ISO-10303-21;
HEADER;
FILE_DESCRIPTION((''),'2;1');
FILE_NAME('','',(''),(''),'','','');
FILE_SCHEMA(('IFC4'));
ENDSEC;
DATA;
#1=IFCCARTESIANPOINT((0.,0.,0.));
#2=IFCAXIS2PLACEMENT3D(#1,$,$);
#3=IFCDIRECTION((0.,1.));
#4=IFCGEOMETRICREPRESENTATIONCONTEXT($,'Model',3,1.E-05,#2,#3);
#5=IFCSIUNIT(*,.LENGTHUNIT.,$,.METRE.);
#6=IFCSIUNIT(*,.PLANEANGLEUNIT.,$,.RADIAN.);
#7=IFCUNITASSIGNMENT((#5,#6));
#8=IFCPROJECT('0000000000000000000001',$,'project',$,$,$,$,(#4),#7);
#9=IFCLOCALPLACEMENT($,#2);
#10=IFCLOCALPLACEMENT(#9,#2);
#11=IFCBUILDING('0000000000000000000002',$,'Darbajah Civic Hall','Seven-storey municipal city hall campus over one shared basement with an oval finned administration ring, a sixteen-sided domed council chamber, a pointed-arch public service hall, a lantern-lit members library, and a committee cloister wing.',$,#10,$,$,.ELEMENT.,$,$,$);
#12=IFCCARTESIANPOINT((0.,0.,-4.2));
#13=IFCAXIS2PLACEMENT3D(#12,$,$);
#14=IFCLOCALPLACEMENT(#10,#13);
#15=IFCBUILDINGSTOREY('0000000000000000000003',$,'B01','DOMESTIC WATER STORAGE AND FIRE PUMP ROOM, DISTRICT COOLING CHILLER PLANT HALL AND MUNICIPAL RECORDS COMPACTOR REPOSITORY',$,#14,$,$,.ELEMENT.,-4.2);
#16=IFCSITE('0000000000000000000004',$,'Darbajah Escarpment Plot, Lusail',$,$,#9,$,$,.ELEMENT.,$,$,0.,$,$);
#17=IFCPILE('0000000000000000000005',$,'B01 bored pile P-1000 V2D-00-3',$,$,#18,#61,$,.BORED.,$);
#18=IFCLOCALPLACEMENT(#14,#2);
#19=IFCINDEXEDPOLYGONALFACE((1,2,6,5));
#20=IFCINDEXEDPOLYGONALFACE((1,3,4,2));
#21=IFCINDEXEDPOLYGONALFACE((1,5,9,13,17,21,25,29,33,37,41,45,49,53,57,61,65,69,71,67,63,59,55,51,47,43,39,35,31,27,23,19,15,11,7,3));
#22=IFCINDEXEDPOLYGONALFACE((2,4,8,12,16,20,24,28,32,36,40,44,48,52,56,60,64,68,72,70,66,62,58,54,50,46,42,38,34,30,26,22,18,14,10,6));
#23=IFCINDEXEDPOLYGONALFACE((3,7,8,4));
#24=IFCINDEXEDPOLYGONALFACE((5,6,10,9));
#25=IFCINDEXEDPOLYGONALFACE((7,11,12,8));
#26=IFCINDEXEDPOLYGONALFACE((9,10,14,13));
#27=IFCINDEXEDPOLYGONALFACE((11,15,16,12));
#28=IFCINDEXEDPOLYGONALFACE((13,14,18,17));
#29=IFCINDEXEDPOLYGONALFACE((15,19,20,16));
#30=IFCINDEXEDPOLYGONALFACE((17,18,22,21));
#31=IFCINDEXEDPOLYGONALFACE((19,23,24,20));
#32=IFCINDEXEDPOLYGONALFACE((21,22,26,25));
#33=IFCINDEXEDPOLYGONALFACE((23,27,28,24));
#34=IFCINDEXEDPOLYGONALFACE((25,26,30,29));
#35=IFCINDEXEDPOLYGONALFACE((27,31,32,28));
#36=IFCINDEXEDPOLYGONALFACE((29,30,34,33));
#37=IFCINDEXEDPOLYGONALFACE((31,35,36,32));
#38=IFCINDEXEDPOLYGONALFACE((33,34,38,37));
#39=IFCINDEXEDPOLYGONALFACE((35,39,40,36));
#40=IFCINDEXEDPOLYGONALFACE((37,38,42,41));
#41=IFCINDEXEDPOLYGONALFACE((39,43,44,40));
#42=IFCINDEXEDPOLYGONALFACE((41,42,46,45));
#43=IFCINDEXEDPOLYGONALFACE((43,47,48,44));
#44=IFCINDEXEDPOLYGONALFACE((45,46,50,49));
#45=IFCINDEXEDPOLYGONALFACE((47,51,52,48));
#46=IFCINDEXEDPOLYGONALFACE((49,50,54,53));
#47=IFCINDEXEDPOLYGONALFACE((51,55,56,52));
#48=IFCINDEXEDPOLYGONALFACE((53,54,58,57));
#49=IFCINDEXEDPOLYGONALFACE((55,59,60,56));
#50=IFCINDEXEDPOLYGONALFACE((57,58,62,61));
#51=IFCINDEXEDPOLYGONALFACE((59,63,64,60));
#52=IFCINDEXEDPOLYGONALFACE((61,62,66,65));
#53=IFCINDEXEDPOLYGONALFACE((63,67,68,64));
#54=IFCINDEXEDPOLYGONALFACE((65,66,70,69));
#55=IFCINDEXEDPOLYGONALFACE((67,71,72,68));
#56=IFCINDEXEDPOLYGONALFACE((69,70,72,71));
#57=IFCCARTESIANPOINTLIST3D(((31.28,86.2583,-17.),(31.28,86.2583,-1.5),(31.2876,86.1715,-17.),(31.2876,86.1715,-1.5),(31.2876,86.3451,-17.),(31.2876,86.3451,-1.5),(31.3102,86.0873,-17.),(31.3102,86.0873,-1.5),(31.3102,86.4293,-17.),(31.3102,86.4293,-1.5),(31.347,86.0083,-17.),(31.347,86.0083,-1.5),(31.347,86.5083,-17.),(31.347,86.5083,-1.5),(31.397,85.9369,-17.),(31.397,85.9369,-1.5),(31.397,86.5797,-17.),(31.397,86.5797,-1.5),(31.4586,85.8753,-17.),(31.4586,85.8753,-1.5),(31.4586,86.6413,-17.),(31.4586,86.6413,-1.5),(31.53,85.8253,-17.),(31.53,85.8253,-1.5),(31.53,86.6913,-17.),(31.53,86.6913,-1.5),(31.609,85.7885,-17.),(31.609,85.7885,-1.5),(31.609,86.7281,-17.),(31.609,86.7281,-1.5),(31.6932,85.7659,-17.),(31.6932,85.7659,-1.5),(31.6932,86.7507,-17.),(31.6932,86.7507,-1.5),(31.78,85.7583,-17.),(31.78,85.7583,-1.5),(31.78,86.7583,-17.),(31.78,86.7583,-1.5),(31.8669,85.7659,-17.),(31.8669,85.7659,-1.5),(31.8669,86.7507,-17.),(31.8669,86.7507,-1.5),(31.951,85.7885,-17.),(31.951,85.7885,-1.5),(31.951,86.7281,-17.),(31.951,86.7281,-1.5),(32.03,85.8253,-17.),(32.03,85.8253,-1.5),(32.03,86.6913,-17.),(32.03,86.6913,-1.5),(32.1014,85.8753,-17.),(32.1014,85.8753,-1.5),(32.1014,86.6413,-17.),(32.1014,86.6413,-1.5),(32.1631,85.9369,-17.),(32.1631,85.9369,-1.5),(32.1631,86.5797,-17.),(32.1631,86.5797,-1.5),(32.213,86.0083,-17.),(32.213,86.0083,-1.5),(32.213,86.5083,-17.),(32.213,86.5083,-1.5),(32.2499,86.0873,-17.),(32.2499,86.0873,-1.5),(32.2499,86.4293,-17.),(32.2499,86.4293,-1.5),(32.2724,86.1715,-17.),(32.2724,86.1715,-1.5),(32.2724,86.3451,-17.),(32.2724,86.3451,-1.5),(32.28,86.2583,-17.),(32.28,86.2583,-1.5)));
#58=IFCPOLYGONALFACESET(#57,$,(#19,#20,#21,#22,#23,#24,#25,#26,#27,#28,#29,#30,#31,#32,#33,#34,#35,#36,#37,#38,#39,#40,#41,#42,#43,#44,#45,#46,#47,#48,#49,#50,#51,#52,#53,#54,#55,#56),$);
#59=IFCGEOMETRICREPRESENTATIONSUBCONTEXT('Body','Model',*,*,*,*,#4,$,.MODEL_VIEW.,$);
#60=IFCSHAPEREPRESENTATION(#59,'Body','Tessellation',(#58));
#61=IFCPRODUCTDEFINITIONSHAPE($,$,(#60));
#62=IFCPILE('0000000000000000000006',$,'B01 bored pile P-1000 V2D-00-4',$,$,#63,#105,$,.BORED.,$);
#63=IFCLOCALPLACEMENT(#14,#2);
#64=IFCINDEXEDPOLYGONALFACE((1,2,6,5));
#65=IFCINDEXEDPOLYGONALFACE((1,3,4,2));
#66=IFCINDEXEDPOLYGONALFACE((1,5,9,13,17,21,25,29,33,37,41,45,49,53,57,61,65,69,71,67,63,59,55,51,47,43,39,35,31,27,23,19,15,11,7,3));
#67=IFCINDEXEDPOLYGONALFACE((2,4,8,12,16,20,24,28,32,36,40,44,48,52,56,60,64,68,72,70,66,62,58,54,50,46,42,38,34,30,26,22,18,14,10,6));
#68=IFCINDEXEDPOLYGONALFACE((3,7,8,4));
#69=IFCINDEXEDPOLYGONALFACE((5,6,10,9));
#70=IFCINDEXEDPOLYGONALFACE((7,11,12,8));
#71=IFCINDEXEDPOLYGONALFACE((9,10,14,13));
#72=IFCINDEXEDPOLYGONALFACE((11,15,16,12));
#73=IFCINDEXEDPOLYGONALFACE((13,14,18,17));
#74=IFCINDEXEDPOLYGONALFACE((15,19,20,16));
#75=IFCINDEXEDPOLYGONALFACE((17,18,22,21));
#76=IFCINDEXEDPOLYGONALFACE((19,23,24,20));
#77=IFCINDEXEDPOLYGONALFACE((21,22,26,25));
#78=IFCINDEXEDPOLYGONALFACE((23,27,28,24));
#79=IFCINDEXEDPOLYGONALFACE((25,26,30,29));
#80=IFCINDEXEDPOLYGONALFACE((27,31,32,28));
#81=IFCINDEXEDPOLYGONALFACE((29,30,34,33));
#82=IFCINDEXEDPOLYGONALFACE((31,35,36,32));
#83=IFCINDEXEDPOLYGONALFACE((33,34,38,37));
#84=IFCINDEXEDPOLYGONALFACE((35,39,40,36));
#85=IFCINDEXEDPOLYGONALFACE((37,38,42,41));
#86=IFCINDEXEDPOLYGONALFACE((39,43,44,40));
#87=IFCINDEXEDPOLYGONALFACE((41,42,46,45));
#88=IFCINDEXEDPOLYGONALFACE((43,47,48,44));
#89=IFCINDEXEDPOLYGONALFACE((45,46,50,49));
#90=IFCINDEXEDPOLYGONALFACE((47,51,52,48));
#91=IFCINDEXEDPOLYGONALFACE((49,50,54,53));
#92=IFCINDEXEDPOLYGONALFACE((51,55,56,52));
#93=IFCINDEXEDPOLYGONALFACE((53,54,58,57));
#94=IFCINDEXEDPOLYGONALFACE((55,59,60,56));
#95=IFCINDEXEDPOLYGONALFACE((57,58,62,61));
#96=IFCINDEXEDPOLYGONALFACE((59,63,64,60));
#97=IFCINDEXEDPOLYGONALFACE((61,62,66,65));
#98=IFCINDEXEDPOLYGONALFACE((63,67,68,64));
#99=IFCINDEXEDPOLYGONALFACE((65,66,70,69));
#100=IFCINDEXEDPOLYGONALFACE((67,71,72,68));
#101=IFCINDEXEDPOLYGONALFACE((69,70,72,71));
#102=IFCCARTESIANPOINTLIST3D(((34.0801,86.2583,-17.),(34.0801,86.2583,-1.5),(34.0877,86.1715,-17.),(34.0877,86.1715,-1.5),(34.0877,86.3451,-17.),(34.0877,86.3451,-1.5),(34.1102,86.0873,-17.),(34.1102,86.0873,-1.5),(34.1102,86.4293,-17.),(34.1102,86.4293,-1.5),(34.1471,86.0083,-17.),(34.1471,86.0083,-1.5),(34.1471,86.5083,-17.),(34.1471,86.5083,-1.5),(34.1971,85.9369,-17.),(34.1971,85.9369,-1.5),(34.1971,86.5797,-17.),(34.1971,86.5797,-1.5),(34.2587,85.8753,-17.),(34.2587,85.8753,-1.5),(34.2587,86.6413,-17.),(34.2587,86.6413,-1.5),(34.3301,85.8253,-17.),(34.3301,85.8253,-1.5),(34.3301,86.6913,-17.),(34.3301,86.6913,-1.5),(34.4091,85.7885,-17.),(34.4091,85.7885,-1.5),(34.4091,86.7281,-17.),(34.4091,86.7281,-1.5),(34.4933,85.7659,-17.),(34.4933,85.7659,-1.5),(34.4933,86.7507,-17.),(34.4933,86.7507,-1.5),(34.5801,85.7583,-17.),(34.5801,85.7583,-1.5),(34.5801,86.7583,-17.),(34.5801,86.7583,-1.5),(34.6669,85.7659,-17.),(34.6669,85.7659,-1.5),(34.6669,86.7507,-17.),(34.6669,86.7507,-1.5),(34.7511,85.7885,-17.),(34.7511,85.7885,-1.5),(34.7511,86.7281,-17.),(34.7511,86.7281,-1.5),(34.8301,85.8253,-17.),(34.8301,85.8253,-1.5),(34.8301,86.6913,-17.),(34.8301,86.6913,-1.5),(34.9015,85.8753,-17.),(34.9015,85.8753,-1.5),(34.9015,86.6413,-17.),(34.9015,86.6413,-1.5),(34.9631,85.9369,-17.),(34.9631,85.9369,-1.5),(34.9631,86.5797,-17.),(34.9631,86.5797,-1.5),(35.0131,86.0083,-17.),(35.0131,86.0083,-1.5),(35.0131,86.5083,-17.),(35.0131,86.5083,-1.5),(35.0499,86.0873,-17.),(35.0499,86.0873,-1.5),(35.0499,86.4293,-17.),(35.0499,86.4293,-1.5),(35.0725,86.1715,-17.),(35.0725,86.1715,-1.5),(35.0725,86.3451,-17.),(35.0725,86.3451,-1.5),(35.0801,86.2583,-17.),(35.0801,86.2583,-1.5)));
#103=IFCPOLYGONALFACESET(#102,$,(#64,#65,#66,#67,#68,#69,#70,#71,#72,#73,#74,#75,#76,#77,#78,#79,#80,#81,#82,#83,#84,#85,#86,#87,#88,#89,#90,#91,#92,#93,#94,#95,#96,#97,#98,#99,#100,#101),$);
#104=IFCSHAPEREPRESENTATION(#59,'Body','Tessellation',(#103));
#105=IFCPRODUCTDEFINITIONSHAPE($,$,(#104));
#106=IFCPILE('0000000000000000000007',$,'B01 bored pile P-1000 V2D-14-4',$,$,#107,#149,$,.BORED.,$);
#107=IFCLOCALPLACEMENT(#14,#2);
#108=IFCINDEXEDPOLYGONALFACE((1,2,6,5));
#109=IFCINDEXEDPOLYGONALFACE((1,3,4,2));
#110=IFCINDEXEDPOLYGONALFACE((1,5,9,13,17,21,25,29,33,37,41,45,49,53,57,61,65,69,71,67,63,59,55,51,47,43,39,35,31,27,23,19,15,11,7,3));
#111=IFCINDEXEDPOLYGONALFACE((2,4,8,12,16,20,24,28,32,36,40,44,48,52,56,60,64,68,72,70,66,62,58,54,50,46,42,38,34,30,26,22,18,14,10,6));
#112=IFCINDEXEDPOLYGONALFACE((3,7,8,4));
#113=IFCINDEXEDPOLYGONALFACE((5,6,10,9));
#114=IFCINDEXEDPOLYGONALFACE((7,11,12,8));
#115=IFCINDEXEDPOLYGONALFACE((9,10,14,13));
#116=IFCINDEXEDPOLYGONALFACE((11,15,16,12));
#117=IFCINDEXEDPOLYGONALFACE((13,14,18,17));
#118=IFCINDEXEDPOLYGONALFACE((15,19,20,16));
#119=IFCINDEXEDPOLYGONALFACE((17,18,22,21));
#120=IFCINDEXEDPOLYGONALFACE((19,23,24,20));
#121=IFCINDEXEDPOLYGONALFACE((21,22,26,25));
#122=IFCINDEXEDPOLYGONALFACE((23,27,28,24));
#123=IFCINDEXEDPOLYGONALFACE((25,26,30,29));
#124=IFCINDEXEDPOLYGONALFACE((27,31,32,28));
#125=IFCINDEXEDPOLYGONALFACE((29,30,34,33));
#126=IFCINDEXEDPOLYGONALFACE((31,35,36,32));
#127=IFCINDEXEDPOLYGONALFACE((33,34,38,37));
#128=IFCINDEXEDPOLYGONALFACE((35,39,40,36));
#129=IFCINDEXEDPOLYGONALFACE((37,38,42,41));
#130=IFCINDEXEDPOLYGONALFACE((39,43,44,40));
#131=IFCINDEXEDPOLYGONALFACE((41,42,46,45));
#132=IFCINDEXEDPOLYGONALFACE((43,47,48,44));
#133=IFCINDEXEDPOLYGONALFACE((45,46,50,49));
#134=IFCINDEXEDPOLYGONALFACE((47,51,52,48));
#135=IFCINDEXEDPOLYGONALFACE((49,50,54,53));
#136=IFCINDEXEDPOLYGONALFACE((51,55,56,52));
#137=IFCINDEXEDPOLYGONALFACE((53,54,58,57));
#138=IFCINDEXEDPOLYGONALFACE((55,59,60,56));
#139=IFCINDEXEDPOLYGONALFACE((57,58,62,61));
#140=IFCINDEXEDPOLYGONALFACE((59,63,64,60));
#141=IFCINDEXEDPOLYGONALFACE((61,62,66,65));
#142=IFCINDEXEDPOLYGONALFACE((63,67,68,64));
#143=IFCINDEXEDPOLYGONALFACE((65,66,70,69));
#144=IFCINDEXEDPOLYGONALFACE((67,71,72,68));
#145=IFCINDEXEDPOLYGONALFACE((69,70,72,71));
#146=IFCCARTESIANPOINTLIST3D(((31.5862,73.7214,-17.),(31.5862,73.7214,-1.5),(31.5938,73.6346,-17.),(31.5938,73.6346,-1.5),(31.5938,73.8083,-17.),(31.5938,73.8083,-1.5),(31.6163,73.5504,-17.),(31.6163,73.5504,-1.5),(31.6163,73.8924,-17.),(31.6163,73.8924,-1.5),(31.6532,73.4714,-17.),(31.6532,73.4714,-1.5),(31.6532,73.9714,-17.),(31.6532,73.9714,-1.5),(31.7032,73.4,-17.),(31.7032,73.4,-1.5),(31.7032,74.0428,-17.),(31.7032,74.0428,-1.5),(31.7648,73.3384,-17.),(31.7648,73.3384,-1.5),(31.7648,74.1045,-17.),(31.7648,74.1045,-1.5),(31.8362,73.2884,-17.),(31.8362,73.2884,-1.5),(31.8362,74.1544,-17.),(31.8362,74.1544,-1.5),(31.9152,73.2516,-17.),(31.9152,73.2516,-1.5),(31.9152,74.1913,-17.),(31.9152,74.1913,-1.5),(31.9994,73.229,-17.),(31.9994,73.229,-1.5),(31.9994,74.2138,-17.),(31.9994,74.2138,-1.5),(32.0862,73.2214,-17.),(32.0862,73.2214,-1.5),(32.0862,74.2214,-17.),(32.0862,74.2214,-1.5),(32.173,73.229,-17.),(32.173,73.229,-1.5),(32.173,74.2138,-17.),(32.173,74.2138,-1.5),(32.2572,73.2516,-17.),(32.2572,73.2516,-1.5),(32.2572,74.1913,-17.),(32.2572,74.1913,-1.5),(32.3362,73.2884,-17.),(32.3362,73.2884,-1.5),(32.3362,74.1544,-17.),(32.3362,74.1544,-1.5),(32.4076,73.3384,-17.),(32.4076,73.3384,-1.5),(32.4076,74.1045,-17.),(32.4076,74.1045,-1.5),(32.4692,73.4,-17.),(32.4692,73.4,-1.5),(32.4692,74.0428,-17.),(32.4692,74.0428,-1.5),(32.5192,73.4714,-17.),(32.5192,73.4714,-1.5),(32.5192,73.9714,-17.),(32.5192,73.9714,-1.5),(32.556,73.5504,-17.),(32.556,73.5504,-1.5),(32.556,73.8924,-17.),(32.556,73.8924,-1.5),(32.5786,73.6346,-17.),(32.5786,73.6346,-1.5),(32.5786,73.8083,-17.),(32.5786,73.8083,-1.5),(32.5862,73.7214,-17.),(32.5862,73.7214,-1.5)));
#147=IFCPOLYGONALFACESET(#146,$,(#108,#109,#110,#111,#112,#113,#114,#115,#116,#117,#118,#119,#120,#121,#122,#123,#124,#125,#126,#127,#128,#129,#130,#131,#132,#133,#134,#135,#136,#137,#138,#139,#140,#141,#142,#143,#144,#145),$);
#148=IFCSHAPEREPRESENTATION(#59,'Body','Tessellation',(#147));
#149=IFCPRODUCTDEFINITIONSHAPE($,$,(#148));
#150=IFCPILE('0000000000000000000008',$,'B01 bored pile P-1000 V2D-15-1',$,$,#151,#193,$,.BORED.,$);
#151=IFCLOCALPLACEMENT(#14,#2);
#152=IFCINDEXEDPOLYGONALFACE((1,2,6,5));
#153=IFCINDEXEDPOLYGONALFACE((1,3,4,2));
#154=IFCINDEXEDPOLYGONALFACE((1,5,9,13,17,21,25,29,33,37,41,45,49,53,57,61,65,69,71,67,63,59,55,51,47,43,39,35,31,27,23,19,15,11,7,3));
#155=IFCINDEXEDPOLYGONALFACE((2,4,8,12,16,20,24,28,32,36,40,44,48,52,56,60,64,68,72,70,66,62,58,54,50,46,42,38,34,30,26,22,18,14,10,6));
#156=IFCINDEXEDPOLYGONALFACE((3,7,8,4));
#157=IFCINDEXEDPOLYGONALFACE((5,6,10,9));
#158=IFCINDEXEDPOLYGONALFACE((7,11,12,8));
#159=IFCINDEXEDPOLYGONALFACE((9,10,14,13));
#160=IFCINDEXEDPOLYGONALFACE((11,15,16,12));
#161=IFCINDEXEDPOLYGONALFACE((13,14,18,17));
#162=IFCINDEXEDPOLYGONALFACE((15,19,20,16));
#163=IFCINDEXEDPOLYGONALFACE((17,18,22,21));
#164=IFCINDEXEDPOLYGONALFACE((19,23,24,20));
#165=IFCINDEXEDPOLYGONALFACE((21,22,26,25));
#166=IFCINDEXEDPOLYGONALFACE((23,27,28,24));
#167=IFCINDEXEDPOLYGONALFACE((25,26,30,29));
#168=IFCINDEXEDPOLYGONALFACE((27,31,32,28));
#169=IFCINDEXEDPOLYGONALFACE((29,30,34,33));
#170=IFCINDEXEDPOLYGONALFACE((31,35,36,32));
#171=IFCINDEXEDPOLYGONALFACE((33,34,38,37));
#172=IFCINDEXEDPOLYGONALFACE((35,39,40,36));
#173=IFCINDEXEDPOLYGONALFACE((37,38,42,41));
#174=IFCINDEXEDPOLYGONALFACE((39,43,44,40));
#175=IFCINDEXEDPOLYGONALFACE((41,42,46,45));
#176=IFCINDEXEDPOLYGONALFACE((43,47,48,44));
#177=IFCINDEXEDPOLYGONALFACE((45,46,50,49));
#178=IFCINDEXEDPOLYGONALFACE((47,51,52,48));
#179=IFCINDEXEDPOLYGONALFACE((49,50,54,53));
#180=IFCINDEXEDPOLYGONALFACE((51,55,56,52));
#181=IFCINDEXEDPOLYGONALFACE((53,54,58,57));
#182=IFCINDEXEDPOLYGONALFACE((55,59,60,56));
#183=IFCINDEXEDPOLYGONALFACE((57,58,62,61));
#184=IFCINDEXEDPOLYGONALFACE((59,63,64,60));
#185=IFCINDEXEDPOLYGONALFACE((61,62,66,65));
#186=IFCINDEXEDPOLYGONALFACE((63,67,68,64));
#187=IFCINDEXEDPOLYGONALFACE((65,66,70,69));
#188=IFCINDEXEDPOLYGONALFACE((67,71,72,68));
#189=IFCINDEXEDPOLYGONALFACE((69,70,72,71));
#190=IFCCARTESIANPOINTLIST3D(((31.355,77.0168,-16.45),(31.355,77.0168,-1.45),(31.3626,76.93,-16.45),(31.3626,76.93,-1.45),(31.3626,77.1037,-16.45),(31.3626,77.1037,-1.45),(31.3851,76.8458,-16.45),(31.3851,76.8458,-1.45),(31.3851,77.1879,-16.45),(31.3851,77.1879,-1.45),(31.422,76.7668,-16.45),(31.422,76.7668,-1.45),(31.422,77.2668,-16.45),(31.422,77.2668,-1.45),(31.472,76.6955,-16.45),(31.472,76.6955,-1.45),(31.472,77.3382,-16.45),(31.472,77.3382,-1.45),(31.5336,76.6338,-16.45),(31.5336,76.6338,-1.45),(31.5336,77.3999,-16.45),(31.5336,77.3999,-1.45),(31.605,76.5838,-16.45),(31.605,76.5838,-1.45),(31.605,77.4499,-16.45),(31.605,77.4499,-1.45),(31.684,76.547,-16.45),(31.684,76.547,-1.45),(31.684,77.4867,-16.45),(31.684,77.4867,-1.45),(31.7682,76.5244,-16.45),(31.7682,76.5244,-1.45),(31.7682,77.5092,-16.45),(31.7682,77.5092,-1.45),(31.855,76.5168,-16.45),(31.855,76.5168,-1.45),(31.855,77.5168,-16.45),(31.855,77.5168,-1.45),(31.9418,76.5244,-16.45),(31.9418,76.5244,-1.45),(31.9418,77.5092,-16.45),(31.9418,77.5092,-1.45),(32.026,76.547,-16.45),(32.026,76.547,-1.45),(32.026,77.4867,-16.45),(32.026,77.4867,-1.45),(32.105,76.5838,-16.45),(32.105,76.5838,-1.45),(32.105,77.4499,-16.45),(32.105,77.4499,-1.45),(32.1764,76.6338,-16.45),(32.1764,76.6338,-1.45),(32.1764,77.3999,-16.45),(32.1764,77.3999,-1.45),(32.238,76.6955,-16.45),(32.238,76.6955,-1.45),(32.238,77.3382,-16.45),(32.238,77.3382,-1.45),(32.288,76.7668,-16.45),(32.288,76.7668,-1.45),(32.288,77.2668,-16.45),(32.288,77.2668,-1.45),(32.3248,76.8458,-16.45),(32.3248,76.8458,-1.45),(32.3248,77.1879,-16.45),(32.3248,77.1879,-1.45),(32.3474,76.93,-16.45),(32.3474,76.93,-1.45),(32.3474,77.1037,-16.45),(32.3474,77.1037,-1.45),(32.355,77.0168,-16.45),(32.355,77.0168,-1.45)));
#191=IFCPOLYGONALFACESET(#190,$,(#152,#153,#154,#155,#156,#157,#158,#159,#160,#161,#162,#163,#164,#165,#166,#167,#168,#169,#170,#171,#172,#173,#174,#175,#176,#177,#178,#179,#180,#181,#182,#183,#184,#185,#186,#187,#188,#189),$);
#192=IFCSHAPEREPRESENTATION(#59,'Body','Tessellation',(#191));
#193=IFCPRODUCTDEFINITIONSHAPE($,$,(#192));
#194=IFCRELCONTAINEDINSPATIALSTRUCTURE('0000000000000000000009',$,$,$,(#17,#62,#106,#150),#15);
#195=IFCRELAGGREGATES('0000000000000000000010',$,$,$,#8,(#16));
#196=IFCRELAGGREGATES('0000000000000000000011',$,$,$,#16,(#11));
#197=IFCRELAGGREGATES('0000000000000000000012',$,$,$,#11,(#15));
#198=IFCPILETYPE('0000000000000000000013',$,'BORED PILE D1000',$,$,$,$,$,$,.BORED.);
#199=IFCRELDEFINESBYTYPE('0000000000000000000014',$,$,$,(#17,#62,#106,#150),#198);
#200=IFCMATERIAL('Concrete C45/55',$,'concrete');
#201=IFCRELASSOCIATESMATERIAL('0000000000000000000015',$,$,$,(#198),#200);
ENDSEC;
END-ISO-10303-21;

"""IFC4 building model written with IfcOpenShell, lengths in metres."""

from ifc_helpers import new_model, si_unit, direction, frame, origin, origin_2d, place, context, subcontext, project, spatial, circle, extrude, material, material_profile, profile_set, type_object, element, save


model = new_model("IFC4")

# Units and contexts
model_context = context("Model", 3, precision=1e-05, world=origin(), true_north=direction((0.0, 1.0)))
body_context = subcontext(model_context, "Body", "Model", "MODEL_VIEW")
ifc_project = project(units=[si_unit("LENGTHUNIT", "METRE"), si_unit("PLANEANGLEUNIT", "RADIAN")], contexts=[model_context])

# Site, building, storey
site_placement = place(None, origin())
site = spatial("IfcSite", under=ifc_project, at=site_placement, Name="Darbajah Escarpment Plot, Lusail", CompositionType="ELEMENT", RefElevation=0.0)
building_placement = place(site_placement, origin())
building = spatial("IfcBuilding", under=site, at=building_placement, Name="Darbajah Civic Hall", Description="Seven-storey municipal city hall campus over one shared basement with an oval finned administration ring, a sixteen-sided domed council chamber, a pointed-arch public service hall, a lantern-lit members library, and a committee cloister wing.", CompositionType="ELEMENT")
storey_placement = place(building_placement, frame((0.0, 0.0, -4.2)))
storey = spatial("IfcBuildingStorey", under=building, at=storey_placement, Name="B01", Description="DOMESTIC WATER STORAGE AND FIRE PUMP ROOM, DISTRICT COOLING CHILLER PLANT HALL AND MUNICIPAL RECORDS COMPACTOR REPOSITORY", CompositionType="ELEMENT", Elevation=-4.2)

# Piles
ifc_material_1 = material(Name="Concrete C45/55", Category="concrete")
ifc_material_profile_1 = material_profile(ifc_material_1, circle(Radius=0.5, at=origin_2d()), Name="BORED PILE D1000")
ifc_profile_set_1 = profile_set([ifc_material_profile_1], Name="Concrete C45/55")
pile_type_1 = type_object("IfcPileType", Name="BORED PILE D1000", PredefinedType="BORED", material=ifc_profile_set_1)
for number, where, z_axis, x_axis, name in (
    (1, (31.78, 86.2583, -1.5), (0.0, 0.0, -1.0), (1.0, 0.0, 0.0), "B01 bored pile P-1000 V2D-00-3"),
    (2, (34.5801, 86.2583, -1.5), (0.0, 0.0, -1.0), (1.0, 0.0, 0.0), "B01 bored pile P-1000 V2D-00-4"),
    (3, (32.0862, 73.7214, -1.5), (0.0, 0.0, -1.0), (1.0, 0.0, 0.0), "B01 bored pile P-1000 V2D-14-4"),
):
    element("IfcPile", number, at=place(storey_placement, frame(where, z_axis=z_axis, x_axis=x_axis)), inside=storey, type_object=pile_type_1, Name=name, PredefinedType="BORED", context=body_context, shape_type="SweptSolid", body=[
        extrude(circle(Radius=0.5, at=origin_2d()), origin(), (0.0, 0.0, 1.0), 15.5),
    ])
for number, where, z_axis, x_axis, name in (
    (4, (31.855, 77.0168, -1.45), (0.0, 0.0, -1.0), (1.0, 0.0, 0.0), "B01 bored pile P-1000 V2D-15-1"),
):
    element("IfcPile", number, at=place(storey_placement, frame(where, z_axis=z_axis, x_axis=x_axis)), inside=storey, type_object=pile_type_1, Name=name, PredefinedType="BORED", context=body_context, shape_type="SweptSolid", body=[
        extrude(circle(Radius=0.5, at=origin_2d()), origin(), (0.0, 0.0, 1.0), 15.0),
    ])

save(model, "model.ifc")
